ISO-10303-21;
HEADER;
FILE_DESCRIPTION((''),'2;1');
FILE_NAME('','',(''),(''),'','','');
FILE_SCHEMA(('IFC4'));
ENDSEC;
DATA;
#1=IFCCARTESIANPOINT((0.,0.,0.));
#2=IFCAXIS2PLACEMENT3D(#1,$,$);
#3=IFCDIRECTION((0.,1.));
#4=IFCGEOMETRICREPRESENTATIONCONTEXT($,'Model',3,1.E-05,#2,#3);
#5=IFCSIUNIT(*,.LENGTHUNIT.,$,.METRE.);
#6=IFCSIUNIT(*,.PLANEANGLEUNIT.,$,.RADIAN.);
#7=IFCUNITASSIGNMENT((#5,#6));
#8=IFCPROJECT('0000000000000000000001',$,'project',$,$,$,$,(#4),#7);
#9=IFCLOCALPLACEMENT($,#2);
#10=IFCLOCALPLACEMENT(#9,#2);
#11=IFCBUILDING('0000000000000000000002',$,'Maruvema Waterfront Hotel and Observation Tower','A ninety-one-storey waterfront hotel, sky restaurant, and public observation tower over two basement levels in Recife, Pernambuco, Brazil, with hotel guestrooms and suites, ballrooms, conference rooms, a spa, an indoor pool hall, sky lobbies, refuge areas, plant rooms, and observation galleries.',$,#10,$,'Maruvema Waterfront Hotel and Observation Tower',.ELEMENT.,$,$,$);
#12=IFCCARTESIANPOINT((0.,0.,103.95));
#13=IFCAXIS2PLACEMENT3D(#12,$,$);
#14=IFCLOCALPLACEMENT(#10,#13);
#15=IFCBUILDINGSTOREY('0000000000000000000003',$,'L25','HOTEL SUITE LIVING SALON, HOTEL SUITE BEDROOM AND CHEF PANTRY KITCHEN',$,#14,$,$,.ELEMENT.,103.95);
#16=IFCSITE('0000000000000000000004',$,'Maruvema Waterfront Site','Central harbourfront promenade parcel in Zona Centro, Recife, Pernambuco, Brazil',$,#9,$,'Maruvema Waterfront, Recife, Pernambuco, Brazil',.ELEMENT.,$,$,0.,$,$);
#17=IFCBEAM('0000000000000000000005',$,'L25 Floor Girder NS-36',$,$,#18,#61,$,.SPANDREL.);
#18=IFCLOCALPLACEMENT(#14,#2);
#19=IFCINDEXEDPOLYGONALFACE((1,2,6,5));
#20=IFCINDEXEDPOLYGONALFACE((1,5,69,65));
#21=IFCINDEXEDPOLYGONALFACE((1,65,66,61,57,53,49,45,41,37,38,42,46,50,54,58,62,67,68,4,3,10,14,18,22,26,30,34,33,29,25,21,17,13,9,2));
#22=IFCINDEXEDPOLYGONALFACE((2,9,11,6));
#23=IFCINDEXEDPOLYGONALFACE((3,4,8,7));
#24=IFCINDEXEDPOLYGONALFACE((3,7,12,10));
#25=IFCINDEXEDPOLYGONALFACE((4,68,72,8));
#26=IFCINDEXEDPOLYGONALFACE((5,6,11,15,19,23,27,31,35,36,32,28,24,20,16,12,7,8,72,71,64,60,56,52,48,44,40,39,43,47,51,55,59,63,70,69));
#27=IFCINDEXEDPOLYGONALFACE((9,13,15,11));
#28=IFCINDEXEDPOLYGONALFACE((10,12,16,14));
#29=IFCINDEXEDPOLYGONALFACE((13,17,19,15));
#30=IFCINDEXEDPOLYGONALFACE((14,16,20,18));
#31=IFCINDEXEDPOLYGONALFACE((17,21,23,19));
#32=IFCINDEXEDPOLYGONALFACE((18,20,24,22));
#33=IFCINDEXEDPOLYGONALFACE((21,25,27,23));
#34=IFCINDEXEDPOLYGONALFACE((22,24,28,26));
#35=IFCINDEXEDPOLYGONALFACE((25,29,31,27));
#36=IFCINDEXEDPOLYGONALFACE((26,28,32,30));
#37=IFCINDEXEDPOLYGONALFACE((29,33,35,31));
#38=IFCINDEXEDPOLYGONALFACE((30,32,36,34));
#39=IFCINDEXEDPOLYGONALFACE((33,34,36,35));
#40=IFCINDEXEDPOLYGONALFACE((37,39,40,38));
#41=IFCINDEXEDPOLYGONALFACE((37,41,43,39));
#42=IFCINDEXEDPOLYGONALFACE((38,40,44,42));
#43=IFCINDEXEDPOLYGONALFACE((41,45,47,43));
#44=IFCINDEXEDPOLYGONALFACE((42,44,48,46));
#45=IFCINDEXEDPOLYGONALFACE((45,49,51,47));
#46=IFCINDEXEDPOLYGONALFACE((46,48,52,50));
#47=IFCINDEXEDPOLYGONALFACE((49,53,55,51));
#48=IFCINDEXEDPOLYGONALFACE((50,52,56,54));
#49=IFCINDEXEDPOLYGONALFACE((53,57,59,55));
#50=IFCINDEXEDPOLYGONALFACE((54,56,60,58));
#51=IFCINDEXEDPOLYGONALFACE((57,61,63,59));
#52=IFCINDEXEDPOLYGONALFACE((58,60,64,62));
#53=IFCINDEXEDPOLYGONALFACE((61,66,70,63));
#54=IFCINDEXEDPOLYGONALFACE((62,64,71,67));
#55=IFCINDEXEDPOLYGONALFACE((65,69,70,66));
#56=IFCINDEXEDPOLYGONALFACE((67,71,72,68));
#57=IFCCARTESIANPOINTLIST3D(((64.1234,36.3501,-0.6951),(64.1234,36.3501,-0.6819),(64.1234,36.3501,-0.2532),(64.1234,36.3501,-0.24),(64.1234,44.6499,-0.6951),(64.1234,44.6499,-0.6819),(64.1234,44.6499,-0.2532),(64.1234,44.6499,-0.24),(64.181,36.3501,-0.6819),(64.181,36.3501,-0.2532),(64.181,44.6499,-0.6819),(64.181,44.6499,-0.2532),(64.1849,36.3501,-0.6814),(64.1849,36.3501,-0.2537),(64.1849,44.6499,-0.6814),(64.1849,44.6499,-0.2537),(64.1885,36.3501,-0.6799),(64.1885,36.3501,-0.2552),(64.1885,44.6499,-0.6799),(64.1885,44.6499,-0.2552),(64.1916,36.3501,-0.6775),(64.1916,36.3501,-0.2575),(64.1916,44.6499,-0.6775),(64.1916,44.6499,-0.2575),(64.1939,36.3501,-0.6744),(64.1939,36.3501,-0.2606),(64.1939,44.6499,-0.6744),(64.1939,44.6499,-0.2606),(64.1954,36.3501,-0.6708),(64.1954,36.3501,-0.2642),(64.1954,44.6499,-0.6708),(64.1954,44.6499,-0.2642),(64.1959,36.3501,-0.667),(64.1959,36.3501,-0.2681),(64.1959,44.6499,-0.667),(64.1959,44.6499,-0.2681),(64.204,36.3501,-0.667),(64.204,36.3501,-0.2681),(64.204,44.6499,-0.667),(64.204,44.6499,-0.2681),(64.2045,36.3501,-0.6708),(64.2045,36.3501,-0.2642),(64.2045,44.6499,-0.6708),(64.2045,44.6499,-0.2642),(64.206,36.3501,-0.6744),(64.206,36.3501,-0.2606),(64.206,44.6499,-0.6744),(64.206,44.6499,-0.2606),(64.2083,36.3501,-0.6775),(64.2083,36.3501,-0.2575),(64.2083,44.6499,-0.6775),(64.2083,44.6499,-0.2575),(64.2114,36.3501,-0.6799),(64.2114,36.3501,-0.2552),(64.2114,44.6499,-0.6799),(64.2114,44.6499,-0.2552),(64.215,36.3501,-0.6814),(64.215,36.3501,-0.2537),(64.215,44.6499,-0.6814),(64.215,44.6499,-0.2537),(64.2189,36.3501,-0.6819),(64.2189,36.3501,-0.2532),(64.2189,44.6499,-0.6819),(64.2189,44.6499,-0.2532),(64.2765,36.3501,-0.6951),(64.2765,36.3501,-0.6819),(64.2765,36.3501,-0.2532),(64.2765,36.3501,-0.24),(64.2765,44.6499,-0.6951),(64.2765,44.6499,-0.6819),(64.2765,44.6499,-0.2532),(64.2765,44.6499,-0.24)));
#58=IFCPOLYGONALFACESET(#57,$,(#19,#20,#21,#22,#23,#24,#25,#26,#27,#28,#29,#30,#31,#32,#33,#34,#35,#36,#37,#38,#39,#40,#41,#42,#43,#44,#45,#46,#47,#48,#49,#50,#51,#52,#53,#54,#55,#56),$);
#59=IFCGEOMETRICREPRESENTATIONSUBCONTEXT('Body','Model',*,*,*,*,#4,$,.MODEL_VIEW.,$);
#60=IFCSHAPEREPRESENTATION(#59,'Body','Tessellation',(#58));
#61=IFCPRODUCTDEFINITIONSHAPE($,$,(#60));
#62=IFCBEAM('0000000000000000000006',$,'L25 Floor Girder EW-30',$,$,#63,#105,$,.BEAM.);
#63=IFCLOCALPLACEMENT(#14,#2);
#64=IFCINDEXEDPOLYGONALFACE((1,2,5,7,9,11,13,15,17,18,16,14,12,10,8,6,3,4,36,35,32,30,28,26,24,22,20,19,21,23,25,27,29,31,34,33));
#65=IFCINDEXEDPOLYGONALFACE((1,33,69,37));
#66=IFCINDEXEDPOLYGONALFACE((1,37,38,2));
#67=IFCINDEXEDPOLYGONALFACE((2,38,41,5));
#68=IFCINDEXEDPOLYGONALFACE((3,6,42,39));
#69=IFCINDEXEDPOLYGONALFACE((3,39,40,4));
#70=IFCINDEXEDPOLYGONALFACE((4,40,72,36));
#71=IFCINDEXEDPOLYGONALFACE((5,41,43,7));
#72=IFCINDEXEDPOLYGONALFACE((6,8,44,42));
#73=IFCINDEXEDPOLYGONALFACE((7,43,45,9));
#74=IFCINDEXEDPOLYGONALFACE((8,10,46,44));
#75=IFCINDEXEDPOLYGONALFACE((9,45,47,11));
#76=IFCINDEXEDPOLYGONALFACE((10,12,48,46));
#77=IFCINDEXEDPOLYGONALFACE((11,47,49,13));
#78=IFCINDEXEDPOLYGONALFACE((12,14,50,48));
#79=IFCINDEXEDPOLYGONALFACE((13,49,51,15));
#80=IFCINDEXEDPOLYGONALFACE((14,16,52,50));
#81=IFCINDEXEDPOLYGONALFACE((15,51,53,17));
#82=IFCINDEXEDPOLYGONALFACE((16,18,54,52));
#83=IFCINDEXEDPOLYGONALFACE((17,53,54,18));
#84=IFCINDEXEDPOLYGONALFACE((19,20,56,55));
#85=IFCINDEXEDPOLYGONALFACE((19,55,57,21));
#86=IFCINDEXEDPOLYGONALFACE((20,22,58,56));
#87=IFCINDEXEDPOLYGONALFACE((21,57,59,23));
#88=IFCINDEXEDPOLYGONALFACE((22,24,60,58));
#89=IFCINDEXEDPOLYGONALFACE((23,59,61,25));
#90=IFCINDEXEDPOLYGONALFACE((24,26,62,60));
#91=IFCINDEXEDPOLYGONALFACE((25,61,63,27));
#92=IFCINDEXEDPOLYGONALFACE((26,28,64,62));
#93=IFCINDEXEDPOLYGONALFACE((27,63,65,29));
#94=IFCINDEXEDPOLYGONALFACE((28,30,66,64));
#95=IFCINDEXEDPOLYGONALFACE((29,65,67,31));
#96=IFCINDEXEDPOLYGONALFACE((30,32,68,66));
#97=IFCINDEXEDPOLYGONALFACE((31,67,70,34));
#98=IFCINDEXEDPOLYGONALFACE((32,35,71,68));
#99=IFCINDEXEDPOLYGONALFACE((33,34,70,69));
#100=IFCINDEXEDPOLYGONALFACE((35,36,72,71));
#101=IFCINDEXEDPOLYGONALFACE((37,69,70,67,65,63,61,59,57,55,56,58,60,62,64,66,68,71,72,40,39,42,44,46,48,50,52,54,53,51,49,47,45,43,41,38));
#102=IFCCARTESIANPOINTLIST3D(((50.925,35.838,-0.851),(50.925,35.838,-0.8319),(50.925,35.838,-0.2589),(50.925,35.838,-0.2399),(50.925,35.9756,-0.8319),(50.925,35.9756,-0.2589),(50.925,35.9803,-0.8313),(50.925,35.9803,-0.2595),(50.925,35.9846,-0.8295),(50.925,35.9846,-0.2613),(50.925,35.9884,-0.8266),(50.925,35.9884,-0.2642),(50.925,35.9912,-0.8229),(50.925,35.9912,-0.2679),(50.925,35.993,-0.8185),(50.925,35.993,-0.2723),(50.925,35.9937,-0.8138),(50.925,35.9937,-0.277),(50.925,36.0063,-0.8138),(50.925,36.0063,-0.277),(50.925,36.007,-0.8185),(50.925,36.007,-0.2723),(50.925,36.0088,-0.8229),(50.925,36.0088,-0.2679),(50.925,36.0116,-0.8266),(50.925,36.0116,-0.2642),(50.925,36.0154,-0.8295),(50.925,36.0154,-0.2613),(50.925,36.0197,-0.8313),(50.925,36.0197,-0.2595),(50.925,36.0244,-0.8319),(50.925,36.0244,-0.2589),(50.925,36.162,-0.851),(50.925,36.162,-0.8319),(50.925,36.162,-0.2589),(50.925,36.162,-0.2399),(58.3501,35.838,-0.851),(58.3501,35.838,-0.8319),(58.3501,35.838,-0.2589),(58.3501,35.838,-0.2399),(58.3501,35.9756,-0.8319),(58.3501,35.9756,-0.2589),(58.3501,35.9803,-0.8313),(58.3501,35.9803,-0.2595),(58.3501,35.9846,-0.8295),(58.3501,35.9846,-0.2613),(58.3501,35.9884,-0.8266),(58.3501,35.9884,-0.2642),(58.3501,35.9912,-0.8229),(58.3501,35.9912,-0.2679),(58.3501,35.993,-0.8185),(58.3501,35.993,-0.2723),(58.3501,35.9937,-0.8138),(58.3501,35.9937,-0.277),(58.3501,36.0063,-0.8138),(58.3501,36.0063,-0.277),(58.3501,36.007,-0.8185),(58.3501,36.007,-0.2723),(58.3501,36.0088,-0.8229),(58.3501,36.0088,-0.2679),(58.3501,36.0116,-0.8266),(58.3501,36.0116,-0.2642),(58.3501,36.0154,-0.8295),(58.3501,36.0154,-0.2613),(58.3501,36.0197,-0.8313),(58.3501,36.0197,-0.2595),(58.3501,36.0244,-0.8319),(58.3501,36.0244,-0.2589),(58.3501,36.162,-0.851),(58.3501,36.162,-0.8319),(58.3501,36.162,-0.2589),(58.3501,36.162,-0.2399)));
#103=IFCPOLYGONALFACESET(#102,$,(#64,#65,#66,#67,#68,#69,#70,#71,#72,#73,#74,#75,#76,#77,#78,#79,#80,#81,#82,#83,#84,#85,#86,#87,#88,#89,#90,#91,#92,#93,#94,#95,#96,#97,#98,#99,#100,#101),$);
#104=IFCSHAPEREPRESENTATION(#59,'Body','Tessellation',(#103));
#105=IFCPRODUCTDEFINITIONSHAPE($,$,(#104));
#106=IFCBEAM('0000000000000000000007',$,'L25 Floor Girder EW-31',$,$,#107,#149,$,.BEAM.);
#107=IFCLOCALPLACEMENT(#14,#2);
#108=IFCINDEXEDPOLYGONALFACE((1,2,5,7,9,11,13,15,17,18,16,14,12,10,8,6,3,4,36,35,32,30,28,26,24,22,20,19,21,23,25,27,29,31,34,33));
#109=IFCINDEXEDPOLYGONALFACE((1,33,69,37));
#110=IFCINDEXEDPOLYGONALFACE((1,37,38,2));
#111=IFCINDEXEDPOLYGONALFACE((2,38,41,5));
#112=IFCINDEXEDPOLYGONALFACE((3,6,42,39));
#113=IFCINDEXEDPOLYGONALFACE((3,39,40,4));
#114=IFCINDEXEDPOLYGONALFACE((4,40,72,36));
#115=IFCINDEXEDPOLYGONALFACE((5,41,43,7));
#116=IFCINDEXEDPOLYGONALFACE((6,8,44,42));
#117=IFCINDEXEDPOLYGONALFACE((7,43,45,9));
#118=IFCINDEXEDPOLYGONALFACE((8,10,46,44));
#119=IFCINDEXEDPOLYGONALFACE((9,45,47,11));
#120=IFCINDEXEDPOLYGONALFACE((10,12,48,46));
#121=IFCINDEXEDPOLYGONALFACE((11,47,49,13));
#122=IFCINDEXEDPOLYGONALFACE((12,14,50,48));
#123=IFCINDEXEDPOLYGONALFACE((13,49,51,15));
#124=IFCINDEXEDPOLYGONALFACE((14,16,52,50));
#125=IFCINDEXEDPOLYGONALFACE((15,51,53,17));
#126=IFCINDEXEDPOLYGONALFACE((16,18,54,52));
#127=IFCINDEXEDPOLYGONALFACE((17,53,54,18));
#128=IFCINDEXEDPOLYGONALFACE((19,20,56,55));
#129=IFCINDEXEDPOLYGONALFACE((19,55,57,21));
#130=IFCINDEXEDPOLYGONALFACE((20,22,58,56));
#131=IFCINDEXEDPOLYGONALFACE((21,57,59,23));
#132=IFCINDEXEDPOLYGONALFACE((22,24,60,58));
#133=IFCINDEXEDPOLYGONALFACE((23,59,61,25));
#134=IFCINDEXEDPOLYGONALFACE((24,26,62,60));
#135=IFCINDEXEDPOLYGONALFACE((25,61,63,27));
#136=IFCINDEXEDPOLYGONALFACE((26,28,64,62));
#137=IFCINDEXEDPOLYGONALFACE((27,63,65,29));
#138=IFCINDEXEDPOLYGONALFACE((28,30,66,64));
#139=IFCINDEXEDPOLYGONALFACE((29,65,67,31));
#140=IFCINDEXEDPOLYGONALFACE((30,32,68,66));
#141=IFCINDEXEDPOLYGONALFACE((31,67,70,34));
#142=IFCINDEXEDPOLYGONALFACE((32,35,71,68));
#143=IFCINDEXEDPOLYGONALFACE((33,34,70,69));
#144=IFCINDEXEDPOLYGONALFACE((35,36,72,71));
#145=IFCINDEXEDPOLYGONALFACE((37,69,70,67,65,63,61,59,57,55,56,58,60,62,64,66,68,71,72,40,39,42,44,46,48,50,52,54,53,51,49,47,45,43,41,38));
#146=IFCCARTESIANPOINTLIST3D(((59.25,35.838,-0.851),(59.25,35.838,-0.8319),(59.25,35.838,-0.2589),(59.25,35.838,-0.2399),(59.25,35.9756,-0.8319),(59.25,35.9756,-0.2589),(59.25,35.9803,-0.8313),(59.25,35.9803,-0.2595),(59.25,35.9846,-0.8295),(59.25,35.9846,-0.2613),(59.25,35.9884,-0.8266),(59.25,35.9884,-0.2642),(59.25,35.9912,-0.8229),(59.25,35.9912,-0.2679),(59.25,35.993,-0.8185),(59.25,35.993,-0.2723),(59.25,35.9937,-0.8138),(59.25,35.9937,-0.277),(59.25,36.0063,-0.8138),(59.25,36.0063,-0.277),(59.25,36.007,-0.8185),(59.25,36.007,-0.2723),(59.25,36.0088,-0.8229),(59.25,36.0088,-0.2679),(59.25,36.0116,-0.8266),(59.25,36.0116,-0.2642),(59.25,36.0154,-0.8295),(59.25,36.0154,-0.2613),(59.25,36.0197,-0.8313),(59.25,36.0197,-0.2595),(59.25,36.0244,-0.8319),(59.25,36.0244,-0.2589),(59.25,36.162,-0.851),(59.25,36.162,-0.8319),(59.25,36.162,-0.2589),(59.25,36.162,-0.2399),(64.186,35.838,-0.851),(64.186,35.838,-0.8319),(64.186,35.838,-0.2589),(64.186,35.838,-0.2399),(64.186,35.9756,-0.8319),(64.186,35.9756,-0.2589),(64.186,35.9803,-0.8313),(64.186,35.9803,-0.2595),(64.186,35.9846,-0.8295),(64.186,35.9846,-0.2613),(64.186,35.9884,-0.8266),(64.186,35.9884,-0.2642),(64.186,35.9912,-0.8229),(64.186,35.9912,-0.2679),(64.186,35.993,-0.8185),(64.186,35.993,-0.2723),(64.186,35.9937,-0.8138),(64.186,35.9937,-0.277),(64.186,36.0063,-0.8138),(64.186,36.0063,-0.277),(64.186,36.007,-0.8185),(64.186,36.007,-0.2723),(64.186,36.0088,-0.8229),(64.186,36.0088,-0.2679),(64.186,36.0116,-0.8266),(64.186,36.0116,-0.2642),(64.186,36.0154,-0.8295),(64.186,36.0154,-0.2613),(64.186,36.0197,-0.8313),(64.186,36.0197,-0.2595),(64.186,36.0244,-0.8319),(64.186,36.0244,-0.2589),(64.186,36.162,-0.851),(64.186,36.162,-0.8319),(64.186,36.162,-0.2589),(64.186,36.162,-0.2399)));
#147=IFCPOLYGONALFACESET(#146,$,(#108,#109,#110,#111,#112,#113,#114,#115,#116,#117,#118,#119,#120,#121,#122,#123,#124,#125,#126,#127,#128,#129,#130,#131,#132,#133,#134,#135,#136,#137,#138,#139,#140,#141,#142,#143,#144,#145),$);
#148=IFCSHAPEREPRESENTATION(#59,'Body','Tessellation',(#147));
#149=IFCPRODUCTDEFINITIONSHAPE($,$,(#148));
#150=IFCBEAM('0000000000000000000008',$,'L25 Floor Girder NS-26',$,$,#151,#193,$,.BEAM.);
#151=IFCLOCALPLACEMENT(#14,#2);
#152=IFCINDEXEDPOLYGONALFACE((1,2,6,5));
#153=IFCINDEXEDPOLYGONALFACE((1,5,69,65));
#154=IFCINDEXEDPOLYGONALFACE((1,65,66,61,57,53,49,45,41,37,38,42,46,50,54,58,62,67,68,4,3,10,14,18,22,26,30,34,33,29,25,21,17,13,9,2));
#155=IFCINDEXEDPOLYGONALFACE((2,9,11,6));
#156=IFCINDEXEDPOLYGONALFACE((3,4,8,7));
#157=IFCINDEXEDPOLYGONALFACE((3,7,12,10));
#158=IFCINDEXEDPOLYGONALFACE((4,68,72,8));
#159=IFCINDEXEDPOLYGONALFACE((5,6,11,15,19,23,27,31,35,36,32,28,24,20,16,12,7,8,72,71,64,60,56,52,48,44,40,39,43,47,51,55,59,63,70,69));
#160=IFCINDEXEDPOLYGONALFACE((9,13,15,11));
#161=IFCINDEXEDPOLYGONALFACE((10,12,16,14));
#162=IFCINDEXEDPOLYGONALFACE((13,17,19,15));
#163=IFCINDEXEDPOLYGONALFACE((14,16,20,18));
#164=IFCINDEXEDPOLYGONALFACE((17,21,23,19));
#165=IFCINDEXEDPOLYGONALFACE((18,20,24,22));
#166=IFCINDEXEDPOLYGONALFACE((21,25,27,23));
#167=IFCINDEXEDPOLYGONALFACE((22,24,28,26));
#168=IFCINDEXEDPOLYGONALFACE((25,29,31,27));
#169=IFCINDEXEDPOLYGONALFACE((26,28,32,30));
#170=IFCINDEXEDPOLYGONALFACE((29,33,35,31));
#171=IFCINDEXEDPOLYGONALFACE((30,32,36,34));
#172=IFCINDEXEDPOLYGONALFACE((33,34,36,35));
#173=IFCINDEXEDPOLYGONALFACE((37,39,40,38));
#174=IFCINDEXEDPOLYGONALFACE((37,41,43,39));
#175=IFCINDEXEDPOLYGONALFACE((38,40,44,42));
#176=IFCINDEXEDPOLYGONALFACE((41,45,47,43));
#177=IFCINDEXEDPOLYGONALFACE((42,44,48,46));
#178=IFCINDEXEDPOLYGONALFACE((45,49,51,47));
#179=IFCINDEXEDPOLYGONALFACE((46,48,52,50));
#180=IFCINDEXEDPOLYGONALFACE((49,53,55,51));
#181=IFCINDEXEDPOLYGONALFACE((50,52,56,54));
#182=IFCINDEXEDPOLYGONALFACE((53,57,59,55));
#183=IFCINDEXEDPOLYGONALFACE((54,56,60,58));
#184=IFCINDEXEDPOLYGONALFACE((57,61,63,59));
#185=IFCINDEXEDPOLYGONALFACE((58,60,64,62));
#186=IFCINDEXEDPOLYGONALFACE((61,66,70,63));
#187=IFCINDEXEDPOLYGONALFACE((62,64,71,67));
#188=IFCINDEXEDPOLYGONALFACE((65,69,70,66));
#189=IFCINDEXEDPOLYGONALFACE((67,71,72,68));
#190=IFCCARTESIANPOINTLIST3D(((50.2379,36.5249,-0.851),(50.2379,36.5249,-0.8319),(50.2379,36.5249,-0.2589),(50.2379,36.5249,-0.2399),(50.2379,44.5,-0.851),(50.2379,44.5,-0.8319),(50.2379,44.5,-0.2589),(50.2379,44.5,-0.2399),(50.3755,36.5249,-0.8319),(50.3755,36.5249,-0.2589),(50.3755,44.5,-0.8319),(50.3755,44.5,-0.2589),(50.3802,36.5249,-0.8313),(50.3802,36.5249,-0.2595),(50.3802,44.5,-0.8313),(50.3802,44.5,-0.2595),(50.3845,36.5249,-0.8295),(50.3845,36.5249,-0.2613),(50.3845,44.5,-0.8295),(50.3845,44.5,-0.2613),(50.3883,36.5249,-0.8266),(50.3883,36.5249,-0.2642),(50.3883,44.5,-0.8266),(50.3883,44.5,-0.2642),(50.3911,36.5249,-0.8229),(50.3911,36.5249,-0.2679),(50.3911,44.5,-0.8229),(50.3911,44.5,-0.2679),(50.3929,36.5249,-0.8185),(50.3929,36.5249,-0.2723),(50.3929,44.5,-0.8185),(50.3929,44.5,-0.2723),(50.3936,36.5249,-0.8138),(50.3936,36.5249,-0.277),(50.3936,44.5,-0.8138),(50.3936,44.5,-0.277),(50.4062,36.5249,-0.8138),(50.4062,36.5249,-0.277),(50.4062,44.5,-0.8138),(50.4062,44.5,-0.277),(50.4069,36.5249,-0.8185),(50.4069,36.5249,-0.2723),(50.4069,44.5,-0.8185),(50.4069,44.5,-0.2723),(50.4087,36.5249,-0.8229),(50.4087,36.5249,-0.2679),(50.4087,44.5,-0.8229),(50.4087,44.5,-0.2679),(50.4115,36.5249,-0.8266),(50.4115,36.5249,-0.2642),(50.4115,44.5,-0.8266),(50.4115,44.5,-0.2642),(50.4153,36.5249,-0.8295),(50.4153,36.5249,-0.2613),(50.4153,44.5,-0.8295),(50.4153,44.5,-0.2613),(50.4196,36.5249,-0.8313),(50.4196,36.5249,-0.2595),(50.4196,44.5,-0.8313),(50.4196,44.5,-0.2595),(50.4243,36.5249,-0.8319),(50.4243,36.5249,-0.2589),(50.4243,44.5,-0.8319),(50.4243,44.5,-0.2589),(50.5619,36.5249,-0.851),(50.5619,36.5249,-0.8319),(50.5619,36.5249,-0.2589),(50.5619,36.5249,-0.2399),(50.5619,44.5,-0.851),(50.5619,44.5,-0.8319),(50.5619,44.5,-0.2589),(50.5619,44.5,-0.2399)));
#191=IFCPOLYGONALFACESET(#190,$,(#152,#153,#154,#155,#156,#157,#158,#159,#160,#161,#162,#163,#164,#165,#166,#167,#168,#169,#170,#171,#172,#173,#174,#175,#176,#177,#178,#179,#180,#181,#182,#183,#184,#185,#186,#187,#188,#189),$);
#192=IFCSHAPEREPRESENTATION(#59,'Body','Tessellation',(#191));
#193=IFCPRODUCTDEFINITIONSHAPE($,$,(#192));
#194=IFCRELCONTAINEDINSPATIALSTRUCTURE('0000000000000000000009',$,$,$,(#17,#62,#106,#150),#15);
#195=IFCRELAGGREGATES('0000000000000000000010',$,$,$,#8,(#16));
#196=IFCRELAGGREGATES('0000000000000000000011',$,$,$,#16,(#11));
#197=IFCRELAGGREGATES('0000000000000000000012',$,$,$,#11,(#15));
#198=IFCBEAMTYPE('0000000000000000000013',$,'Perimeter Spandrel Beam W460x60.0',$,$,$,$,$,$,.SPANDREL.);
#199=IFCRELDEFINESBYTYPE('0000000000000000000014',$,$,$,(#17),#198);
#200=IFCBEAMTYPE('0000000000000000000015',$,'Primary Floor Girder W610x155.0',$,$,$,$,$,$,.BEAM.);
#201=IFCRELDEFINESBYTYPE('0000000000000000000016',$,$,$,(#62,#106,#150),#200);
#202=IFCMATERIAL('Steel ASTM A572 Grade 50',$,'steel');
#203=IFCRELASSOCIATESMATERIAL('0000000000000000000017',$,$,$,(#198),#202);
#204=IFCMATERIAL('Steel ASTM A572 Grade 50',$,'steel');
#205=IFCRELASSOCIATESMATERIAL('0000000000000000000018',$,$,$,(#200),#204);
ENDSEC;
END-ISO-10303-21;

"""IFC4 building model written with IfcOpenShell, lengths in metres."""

from ifc_helpers import new_model, si_unit, direction, frame, origin, origin_2d, place, context, subcontext, project, spatial, i_section, extrude, material, material_profile, profile_set, type_object, element, save


model = new_model("IFC4")

# Units and contexts
model_context = context("Model", 3, precision=1e-05, world=origin(), true_north=direction((0.0, 1.0)))
body_context = subcontext(model_context, "Body", "Model", "MODEL_VIEW")
ifc_project = project(units=[si_unit("LENGTHUNIT", "METRE"), si_unit("PLANEANGLEUNIT", "RADIAN")], contexts=[model_context])

# Site, building, storey
site_placement = place(None, origin())
site = spatial("IfcSite", under=ifc_project, at=site_placement, Name="Maruvema Waterfront Site", Description="Central harbourfront promenade parcel in Zona Centro, Recife, Pernambuco, Brazil", LongName="Maruvema Waterfront, Recife, Pernambuco, Brazil", CompositionType="ELEMENT", RefElevation=0.0)
building_placement = place(site_placement, origin())
building = spatial("IfcBuilding", under=site, at=building_placement, Name="Maruvema Waterfront Hotel and Observation Tower", Description="A ninety-one-storey waterfront hotel, sky restaurant, and public observation tower over two basement levels in Recife, Pernambuco, Brazil, with hotel guestrooms and suites, ballrooms, conference rooms, a spa, an indoor pool hall, sky lobbies, refuge areas, plant rooms, and observation galleries.", LongName="Maruvema Waterfront Hotel and Observation Tower", CompositionType="ELEMENT")
storey_placement = place(building_placement, frame((0.0, 0.0, 103.95)))
storey = spatial("IfcBuildingStorey", under=building, at=storey_placement, Name="L25", Description="HOTEL SUITE LIVING SALON, HOTEL SUITE BEDROOM AND CHEF PANTRY KITCHEN", CompositionType="ELEMENT", Elevation=103.95)

# Beams
ifc_material_1 = material(Name="Steel ASTM A572 Grade 50", Category="steel")
ifc_material_profile_1 = material_profile(ifc_material_1, i_section(OverallWidth=0.1531, OverallDepth=0.4551, WebThickness=0.0081, FlangeThickness=0.0132, FilletRadius=0.0149, at=origin_2d()), Name="W460x60.0")
ifc_profile_set_1 = profile_set([ifc_material_profile_1], Name="Steel ASTM A572 Grade 50")
beam_type_1 = type_object("IfcBeamType", Name="Perimeter Spandrel Beam W460x60.0", PredefinedType="SPANDREL", material=ifc_profile_set_1)
for number, where, z_axis, x_axis, name in (
    (1, (64.2, 36.3501, -0.4675), (0.0, 1.0, 0.0), (-1.0, 0.0, 0.0), "L25 Floor Girder NS-36"),
):
    element("IfcBeam", number, at=place(storey_placement, frame(where, z_axis=z_axis, x_axis=x_axis)), inside=storey, type_object=beam_type_1, Name=name, PredefinedType="SPANDREL", context=body_context, shape_type="SweptSolid", body=[
        extrude(i_section(OverallWidth=0.1531, OverallDepth=0.4551, WebThickness=0.0081, FlangeThickness=0.0132, FilletRadius=0.0149, at=origin_2d()), origin(), (0.0, 0.0, 1.0), 8.2998),
    ])
ifc_material_2 = material(Name="Steel ASTM A572 Grade 50", Category="steel")
ifc_material_profile_2 = material_profile(ifc_material_2, i_section(OverallWidth=0.324, OverallDepth=0.6111, WebThickness=0.0127, FlangeThickness=0.019, FilletRadius=0.0181, at=origin_2d()), Name="W610x155.0")
ifc_profile_set_2 = profile_set([ifc_material_profile_2], Name="Steel ASTM A572 Grade 50")
beam_type_2 = type_object("IfcBeamType", Name="Primary Floor Girder W610x155.0", PredefinedType="BEAM", material=ifc_profile_set_2)
beam_1_placement = place(storey_placement, frame((50.925, 36.0, -0.5454), z_axis=(1.0, 0.0, 0.0), x_axis=(0.0, 1.0, 0.0)))
element("IfcBeam", 2, at=beam_1_placement, inside=storey, type_object=beam_type_2, Name="L25 Floor Girder EW-30", PredefinedType="BEAM", context=body_context, shape_type="SweptSolid", body=[
    extrude(i_section(OverallWidth=0.324, OverallDepth=0.6111, WebThickness=0.0127, FlangeThickness=0.019, FilletRadius=0.0181, at=origin_2d()), origin(), (0.0, 0.0, 1.0), 7.425),
])
beam_2_placement = place(storey_placement, frame((59.25, 36.0, -0.5454), z_axis=(1.0, 0.0, 0.0), x_axis=(0.0, 1.0, 0.0)))
element("IfcBeam", 3, at=beam_2_placement, inside=storey, type_object=beam_type_2, Name="L25 Floor Girder EW-31", PredefinedType="BEAM", context=body_context, shape_type="SweptSolid", body=[
    extrude(i_section(OverallWidth=0.324, OverallDepth=0.6111, WebThickness=0.0127, FlangeThickness=0.019, FilletRadius=0.0181, at=origin_2d()), origin(), (0.0, 0.0, 1.0), 4.936),
])
beam_3_placement = place(storey_placement, frame((50.3999, 36.5249, -0.5454), z_axis=(0.0, 1.0, 0.0), x_axis=(-1.0, 0.0, 0.0)))
element("IfcBeam", 4, at=beam_3_placement, inside=storey, type_object=beam_type_2, Name="L25 Floor Girder NS-26", PredefinedType="BEAM", context=body_context, shape_type="SweptSolid", body=[
    extrude(i_section(OverallWidth=0.324, OverallDepth=0.6111, WebThickness=0.0127, FlangeThickness=0.019, FilletRadius=0.0181, at=origin_2d()), origin(), (0.0, 0.0, 1.0), 7.9751),
])

save(model, "model.ifc")
